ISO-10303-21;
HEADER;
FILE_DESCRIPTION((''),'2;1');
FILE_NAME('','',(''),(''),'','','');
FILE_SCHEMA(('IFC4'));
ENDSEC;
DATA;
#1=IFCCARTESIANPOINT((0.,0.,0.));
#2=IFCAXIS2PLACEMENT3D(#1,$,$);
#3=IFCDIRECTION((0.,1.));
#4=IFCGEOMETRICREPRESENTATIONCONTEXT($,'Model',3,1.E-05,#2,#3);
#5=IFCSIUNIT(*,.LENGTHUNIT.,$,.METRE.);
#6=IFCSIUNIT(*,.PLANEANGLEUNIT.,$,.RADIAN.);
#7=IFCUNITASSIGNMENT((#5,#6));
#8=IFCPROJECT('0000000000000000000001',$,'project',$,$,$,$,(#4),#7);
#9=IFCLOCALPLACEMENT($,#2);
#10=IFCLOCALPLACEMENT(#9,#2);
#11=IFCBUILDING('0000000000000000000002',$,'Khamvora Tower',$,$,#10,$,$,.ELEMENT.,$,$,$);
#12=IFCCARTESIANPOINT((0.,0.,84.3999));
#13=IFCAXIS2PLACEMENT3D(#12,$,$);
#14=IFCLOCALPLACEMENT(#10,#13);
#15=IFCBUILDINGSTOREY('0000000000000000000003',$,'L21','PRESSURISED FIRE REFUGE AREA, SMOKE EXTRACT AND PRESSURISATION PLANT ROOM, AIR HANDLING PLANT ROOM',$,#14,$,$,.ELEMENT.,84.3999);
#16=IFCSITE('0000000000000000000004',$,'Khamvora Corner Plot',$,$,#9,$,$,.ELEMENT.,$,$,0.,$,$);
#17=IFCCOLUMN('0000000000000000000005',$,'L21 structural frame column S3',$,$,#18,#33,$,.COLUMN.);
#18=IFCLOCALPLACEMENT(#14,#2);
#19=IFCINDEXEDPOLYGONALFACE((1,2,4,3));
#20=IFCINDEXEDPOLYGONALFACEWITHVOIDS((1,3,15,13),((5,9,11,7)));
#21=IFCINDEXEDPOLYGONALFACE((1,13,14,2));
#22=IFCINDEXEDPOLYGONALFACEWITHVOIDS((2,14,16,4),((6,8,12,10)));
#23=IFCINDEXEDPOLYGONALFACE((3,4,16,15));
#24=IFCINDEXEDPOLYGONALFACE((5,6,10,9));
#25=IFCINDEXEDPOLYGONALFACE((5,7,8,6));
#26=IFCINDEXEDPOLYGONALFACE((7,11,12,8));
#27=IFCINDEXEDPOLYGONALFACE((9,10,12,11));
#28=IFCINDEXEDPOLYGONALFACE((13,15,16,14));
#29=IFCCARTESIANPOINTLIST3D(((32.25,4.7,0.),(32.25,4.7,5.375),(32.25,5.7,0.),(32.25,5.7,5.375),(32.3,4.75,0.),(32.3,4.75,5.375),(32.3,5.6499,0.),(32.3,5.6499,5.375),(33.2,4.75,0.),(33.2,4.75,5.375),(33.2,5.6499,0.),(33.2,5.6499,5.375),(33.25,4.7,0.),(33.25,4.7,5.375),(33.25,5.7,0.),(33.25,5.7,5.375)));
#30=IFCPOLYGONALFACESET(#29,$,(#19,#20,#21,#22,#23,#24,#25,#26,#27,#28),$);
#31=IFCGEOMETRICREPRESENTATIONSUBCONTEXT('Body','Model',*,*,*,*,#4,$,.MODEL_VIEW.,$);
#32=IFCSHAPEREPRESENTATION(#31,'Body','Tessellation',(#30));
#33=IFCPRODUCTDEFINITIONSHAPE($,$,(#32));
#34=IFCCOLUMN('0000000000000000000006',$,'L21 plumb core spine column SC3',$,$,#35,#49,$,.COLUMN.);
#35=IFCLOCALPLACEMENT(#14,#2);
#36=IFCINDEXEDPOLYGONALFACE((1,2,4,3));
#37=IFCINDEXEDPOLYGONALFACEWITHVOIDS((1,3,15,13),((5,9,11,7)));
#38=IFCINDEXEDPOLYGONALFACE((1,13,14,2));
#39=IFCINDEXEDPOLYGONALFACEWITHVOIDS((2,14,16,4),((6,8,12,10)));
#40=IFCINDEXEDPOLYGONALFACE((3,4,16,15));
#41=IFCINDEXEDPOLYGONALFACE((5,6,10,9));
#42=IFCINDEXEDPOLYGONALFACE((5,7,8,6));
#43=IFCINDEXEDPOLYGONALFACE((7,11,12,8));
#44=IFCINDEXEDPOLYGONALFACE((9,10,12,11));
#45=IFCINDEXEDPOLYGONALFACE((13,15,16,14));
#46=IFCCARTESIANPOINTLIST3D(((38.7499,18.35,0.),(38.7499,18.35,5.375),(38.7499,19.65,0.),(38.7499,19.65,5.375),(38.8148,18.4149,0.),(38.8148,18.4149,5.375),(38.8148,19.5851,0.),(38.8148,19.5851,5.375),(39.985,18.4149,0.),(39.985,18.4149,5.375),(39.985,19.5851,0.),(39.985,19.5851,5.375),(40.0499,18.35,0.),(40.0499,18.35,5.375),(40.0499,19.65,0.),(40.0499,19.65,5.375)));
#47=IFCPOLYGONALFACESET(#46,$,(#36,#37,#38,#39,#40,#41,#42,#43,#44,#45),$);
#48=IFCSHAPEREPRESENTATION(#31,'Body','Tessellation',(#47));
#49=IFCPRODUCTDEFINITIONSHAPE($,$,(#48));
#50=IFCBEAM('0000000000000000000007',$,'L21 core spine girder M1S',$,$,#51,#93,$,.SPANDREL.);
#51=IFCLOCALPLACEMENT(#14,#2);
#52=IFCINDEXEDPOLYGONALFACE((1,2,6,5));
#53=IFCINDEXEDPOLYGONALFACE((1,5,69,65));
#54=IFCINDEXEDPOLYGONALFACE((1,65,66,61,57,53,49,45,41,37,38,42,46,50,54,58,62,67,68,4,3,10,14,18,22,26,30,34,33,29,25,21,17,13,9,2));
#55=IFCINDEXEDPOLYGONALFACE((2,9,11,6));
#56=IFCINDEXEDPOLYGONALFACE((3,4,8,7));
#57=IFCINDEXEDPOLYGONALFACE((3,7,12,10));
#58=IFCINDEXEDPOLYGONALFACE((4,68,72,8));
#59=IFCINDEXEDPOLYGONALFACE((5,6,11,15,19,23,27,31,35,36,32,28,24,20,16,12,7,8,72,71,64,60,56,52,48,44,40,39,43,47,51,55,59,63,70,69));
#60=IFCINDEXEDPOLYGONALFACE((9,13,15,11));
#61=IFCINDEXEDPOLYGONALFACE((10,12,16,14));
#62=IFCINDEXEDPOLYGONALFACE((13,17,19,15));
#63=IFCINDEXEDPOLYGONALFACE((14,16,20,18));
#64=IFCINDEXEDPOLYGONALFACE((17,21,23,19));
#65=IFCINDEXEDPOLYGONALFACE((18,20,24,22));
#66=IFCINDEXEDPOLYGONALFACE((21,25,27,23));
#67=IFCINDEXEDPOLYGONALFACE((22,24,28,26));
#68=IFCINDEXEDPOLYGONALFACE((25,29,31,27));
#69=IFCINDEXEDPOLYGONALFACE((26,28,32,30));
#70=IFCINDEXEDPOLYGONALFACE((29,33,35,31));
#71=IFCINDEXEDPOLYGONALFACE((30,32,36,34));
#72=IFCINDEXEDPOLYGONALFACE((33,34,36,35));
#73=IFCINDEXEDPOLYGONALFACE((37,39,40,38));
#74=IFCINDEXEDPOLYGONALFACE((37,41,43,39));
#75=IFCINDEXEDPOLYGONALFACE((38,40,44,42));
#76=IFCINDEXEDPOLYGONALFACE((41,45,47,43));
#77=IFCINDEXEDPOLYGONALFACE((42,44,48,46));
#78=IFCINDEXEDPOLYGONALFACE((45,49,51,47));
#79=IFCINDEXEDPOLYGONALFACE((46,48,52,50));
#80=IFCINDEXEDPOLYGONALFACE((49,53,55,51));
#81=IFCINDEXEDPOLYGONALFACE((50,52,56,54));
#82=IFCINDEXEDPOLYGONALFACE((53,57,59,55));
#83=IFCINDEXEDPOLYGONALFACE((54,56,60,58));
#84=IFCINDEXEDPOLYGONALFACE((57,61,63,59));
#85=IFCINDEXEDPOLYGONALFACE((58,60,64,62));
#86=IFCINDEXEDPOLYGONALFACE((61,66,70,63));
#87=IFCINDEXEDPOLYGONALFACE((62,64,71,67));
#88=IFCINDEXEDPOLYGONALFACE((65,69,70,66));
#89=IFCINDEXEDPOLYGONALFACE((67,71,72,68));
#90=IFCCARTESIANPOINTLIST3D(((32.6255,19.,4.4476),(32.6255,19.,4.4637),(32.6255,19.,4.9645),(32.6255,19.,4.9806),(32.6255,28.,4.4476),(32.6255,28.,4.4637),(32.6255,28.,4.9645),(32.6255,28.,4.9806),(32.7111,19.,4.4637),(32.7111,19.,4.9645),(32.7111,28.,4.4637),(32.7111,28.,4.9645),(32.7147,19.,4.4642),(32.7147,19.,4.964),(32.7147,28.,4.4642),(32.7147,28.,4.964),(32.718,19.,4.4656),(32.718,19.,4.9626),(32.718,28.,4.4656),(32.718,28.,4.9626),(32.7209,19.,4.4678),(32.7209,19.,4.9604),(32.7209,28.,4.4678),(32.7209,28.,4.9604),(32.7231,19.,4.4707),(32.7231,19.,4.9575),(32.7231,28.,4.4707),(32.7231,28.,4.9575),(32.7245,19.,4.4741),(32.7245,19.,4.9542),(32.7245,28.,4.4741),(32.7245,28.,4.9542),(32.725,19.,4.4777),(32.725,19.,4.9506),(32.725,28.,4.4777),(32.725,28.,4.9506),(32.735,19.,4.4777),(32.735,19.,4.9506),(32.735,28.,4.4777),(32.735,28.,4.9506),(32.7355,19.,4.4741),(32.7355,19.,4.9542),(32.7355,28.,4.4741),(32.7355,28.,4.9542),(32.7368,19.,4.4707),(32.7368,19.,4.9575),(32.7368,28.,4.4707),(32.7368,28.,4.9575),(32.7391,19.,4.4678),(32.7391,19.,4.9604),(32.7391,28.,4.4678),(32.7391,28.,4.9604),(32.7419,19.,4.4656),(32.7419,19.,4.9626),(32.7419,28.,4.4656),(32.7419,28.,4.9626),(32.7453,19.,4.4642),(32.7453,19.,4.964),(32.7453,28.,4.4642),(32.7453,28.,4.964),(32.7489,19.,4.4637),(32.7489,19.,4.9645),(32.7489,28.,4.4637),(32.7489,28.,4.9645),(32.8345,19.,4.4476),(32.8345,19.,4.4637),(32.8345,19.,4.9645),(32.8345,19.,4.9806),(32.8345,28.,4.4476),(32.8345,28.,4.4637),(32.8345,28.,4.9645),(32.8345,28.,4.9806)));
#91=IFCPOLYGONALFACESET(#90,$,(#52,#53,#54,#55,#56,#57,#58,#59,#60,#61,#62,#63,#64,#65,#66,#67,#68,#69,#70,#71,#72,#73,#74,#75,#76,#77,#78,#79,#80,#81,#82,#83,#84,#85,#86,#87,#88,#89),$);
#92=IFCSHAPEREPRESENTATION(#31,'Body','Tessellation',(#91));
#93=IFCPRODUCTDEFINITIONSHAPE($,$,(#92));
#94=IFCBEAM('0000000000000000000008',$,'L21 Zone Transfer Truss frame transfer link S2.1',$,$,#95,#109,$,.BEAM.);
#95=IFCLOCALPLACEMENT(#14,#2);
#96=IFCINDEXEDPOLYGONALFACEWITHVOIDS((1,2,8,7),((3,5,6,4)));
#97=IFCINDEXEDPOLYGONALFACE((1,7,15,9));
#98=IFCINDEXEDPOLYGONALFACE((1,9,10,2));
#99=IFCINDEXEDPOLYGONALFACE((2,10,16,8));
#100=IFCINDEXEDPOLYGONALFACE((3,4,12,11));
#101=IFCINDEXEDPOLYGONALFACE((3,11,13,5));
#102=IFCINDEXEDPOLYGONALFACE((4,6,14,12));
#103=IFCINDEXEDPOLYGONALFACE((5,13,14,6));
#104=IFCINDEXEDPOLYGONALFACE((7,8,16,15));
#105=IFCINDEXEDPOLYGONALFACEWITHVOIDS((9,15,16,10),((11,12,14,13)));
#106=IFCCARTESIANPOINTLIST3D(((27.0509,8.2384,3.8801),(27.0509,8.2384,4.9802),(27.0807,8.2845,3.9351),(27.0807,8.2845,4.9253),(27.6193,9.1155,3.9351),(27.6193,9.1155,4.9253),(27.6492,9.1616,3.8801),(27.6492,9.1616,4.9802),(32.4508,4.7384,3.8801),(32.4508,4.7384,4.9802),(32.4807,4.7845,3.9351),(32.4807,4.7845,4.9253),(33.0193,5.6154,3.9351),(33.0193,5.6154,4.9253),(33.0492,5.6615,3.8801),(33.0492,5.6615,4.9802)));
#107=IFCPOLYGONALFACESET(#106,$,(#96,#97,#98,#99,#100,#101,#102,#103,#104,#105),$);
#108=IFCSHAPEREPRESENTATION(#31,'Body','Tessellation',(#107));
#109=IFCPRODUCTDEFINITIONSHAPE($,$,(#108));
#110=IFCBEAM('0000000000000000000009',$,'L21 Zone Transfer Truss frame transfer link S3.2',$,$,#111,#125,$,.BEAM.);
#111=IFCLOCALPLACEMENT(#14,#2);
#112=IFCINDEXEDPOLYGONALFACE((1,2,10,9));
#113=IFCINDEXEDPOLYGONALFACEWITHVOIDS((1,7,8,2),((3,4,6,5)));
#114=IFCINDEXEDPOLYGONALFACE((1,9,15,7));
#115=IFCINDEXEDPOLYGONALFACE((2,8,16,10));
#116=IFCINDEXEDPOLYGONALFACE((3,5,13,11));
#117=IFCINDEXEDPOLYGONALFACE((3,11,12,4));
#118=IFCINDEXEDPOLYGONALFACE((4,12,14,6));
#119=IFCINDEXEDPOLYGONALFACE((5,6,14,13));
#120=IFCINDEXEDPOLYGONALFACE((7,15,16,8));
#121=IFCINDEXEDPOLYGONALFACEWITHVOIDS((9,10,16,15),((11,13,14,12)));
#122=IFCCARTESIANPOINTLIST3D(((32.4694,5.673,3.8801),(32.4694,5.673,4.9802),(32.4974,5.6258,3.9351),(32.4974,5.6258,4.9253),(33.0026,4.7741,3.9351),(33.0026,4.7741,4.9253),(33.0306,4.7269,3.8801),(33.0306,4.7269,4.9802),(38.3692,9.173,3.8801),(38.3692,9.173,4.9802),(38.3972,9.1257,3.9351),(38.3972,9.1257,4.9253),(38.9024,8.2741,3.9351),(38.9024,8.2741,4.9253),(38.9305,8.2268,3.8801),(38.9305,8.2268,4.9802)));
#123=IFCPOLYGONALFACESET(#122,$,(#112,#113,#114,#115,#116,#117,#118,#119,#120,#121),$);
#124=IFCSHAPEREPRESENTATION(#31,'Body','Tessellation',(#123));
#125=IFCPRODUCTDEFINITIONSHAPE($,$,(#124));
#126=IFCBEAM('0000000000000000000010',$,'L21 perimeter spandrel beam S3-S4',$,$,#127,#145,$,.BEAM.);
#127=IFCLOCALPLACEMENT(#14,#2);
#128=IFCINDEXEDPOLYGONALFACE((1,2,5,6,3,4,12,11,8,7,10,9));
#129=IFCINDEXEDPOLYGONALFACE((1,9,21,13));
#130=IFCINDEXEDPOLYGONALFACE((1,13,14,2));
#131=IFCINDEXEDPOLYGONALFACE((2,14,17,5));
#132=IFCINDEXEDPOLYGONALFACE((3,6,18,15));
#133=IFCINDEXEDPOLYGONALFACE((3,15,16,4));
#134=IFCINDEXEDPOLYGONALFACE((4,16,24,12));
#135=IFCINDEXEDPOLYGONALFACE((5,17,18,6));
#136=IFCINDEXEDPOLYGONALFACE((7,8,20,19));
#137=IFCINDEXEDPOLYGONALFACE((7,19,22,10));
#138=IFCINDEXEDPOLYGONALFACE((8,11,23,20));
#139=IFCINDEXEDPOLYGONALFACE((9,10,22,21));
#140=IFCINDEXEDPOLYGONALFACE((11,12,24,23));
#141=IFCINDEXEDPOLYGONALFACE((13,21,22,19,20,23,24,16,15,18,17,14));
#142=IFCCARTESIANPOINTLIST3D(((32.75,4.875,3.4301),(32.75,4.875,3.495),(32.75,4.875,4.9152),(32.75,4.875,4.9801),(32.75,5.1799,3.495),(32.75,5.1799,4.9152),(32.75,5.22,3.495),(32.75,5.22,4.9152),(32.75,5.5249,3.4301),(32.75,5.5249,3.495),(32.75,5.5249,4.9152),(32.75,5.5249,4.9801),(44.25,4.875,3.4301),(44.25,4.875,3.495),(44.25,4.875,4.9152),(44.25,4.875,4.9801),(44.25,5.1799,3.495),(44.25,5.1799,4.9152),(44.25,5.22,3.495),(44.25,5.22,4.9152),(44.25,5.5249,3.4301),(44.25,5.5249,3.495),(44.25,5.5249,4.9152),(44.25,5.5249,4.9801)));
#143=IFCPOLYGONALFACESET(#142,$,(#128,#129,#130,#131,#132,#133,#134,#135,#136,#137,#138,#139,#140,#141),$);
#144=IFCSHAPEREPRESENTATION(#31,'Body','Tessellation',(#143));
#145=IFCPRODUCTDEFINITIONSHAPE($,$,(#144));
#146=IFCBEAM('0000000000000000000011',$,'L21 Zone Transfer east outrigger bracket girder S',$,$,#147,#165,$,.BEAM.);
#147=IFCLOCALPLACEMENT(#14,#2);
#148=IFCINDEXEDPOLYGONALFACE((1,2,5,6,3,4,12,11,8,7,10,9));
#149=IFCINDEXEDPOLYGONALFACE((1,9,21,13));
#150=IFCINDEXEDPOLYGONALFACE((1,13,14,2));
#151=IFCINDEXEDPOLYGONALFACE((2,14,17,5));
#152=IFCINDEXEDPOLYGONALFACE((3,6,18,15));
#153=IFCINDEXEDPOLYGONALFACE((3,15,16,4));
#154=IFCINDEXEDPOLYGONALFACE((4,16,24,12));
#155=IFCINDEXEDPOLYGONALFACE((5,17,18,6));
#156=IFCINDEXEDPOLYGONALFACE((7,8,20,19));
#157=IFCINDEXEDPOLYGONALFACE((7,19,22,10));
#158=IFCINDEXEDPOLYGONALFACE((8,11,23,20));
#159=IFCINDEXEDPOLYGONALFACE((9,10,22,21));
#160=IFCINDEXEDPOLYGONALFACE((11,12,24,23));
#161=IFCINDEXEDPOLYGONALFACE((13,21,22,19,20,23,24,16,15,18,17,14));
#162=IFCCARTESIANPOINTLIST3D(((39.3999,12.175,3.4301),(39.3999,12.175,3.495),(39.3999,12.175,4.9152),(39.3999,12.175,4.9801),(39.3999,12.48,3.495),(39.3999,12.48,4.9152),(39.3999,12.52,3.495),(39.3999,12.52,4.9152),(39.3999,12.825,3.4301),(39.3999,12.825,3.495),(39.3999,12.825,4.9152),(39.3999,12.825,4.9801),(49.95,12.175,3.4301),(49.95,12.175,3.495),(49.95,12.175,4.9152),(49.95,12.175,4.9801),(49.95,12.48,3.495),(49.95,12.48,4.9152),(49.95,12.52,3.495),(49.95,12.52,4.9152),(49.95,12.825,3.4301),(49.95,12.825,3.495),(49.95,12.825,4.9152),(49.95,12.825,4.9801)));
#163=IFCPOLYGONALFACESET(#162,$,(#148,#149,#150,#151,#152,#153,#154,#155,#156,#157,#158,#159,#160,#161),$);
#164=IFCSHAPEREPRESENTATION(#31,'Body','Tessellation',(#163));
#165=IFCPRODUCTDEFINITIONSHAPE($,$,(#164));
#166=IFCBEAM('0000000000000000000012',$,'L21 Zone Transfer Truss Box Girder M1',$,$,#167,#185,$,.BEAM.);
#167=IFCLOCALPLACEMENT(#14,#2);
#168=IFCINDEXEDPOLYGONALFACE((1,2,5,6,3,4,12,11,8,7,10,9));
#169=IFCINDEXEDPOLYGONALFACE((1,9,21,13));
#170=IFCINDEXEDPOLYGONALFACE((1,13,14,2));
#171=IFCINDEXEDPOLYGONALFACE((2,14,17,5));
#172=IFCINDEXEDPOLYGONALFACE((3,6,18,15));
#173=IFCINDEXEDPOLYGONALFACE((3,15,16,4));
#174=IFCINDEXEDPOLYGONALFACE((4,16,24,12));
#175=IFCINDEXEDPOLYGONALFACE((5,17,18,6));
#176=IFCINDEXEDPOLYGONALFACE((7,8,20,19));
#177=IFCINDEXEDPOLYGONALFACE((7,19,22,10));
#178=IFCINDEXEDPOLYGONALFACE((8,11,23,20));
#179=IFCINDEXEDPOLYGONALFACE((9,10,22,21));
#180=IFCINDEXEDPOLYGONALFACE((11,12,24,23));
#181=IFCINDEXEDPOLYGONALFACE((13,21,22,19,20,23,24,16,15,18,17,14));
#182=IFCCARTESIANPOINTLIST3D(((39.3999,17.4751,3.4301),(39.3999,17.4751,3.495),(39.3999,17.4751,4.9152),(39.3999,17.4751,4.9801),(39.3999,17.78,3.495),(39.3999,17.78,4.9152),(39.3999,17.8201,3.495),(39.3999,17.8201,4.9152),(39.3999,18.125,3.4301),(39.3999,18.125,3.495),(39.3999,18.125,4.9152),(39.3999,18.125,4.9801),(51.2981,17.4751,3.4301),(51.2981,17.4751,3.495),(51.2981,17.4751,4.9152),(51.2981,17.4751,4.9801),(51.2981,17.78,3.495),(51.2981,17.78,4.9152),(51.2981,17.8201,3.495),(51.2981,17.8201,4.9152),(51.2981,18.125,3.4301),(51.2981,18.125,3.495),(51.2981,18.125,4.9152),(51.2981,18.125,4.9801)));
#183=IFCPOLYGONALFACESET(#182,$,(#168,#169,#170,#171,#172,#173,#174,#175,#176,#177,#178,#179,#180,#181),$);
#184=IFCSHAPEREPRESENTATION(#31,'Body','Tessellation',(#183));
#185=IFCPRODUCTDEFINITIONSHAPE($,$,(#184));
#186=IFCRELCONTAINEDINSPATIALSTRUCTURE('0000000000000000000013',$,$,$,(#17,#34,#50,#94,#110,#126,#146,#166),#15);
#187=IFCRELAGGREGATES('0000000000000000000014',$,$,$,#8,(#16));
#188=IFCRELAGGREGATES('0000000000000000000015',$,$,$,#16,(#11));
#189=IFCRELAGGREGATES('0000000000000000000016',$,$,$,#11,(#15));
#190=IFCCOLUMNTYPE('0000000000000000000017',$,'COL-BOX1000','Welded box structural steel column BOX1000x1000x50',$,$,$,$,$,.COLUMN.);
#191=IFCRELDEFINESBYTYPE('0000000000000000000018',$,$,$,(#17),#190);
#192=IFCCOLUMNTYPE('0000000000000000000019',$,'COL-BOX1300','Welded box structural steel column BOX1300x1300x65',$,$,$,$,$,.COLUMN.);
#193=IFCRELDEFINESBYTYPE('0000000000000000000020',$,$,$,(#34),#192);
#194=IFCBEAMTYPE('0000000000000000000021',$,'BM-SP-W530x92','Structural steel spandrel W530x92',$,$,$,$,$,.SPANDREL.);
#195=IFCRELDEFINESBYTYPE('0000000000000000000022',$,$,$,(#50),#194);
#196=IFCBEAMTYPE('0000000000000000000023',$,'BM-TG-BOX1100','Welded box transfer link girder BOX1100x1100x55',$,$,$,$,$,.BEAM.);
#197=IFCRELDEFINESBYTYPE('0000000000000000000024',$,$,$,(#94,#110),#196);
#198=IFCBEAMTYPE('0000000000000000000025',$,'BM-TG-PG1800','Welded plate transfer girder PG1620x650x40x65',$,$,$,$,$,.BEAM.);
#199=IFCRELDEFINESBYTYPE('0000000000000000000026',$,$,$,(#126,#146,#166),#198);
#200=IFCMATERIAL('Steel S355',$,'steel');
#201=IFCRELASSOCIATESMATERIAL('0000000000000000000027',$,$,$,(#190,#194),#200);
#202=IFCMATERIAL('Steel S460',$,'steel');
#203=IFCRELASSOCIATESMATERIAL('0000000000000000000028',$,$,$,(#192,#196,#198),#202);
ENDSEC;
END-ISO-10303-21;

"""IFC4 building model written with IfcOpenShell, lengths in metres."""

from ifc_helpers import new_model, si_unit, direction, frame, origin, origin_2d, place, context, subcontext, project, spatial, hollow_rectangle, i_section, extrude, material, material_profile, profile_set, type_object, element, save


model = new_model("IFC4")

# Units and contexts
model_context = context("Model", 3, precision=1e-05, world=origin(), true_north=direction((0.0, 1.0)))
body_context = subcontext(model_context, "Body", "Model", "MODEL_VIEW")
ifc_project = project(units=[si_unit("LENGTHUNIT", "METRE"), si_unit("PLANEANGLEUNIT", "RADIAN")], contexts=[model_context])

# Site, building, storey
site_placement = place(None, origin())
site = spatial("IfcSite", under=ifc_project, at=site_placement, Name="Khamvora Corner Plot", CompositionType="ELEMENT", RefElevation=0.0)
building_placement = place(site_placement, origin())
building = spatial("IfcBuilding", under=site, at=building_placement, Name="Khamvora Tower", CompositionType="ELEMENT")
storey_placement = place(building_placement, frame((0.0, 0.0, 84.3999)))
storey = spatial("IfcBuildingStorey", under=building, at=storey_placement, Name="L21", Description="PRESSURISED FIRE REFUGE AREA, SMOKE EXTRACT AND PRESSURISATION PLANT ROOM, AIR HANDLING PLANT ROOM", CompositionType="ELEMENT", Elevation=84.3999)

# Columns
ifc_material_1 = material(Name="Steel S355", Category="steel")
ifc_material_profile_1 = material_profile(ifc_material_1, hollow_rectangle(XDim=1.0, YDim=1.0, WallThickness=0.05, at=origin_2d()), Name="BOX1000x1000x50")
ifc_profile_set_1 = profile_set([ifc_material_profile_1], Name="Steel S355")
column_type_1 = type_object("IfcColumnType", Name="COL-BOX1000", Description="Welded box structural steel column BOX1000x1000x50", PredefinedType="COLUMN", material=ifc_profile_set_1)
column_1_placement = place(storey_placement, frame((32.75, 5.2, 0.0), z_axis=(0.0, 0.0, 1.0), x_axis=(1.0, 0.0, 0.0)))
element("IfcColumn", 1, at=column_1_placement, inside=storey, type_object=column_type_1, Name="L21 structural frame column S3", PredefinedType="COLUMN", context=body_context, shape_type="SweptSolid", body=[
    extrude(hollow_rectangle(XDim=1.0, YDim=1.0, WallThickness=0.05, at=origin_2d()), origin(), (0.0, 0.0, 1.0), 5.375),
])
ifc_material_2 = material(Name="Steel S460", Category="steel")
ifc_material_profile_2 = material_profile(ifc_material_2, hollow_rectangle(XDim=1.3, YDim=1.3, WallThickness=0.0649, at=origin_2d()), Name="BOX1300x1300x65")
ifc_profile_set_2 = profile_set([ifc_material_profile_2], Name="Steel S460")
column_type_2 = type_object("IfcColumnType", Name="COL-BOX1300", Description="Welded box structural steel column BOX1300x1300x65", PredefinedType="COLUMN", material=ifc_profile_set_2)
column_2_placement = place(storey_placement, frame((39.3999, 19.0, 0.0), z_axis=(0.0, 0.0, 1.0), x_axis=(1.0, 0.0, 0.0)))
element("IfcColumn", 2, at=column_2_placement, inside=storey, type_object=column_type_2, Name="L21 plumb core spine column SC3", PredefinedType="COLUMN", context=body_context, shape_type="SweptSolid", body=[
    extrude(hollow_rectangle(XDim=1.3, YDim=1.3, WallThickness=0.0649, at=origin_2d()), origin(), (0.0, 0.0, 1.0), 5.375),
])

# Beams
ifc_material_profile_3 = material_profile(ifc_material_1, i_section(OverallWidth=0.209, OverallDepth=0.533, WebThickness=0.01, FlangeThickness=0.0161, FilletRadius=0.0139, at=origin_2d()), Name="W530x92")
ifc_profile_set_3 = profile_set([ifc_material_profile_3], Name="Steel S355")
beam_type_1 = type_object("IfcBeamType", Name="BM-SP-W530x92", Description="Structural steel spandrel W530x92", PredefinedType="SPANDREL", material=ifc_profile_set_3)
beam_1_placement = place(storey_placement, frame((32.73, 19.0, 4.7141), z_axis=(0.0, 1.0, 0.0), x_axis=(-1.0, 0.0, 0.0)))
element("IfcBeam", 3, at=beam_1_placement, inside=storey, type_object=beam_type_1, Name="L21 core spine girder M1S", PredefinedType="SPANDREL", context=body_context, shape_type="SweptSolid", body=[
    extrude(i_section(OverallWidth=0.209, OverallDepth=0.533, WebThickness=0.01, FlangeThickness=0.0161, FilletRadius=0.0139, at=origin_2d()), origin(), (0.0, 0.0, 1.0), 9.0),
])
ifc_material_profile_4 = material_profile(ifc_material_2, hollow_rectangle(XDim=1.1001, YDim=1.1001, WallThickness=0.0549, at=origin_2d()), Name="BOX1100x1100x55")
ifc_profile_set_4 = profile_set([ifc_material_profile_4], Name="Steel S460")
beam_type_2 = type_object("IfcBeamType", Name="BM-TG-BOX1100", Description="Welded box transfer link girder BOX1100x1100x55", PredefinedType="BEAM", material=ifc_profile_set_4)
beam_2_placement = place(storey_placement, frame((32.75, 5.2, 4.4302), z_axis=(-0.839148, 0.543902, 0.0), x_axis=(-0.543902, -0.839148, 0.0)))
element("IfcBeam", 4, at=beam_2_placement, inside=storey, type_object=beam_type_2, Name="L21 Zone Transfer Truss frame transfer link S2.1", PredefinedType="BEAM", context=body_context, shape_type="SweptSolid", body=[
    extrude(hollow_rectangle(XDim=1.1001, YDim=1.1001, WallThickness=0.0549, at=origin_2d()), origin(), (0.0, 0.0, 1.0), 6.4351),
])
beam_3_placement = place(storey_placement, frame((32.75, 5.2, 4.4302), z_axis=(0.860051, 0.510208, 0.0), x_axis=(-0.510208, 0.860051, 0.0)))
element("IfcBeam", 5, at=beam_3_placement, inside=storey, type_object=beam_type_2, Name="L21 Zone Transfer Truss frame transfer link S3.2", PredefinedType="BEAM", context=body_context, shape_type="SweptSolid", body=[
    extrude(hollow_rectangle(XDim=1.1001, YDim=1.1001, WallThickness=0.0549, at=origin_2d()), origin(), (0.0, 0.0, 1.0), 6.8599),
])
ifc_material_profile_5 = material_profile(ifc_material_2, i_section(OverallWidth=0.6499, OverallDepth=1.55, WebThickness=0.04, FlangeThickness=0.0649, at=origin_2d()), Name="PG1550x650x40x65")
ifc_profile_set_5 = profile_set([ifc_material_profile_5], Name="Steel S460")
beam_type_3 = type_object("IfcBeamType", Name="BM-TG-PG1800", Description="Welded plate transfer girder PG1620x650x40x65", PredefinedType="BEAM", material=ifc_profile_set_5)
beam_4_placement = place(storey_placement, frame((32.75, 5.2, 4.2051), z_axis=(1.0, 0.0, 0.0), x_axis=(0.0, 1.0, 0.0)))
element("IfcBeam", 6, at=beam_4_placement, inside=storey, type_object=beam_type_3, Name="L21 perimeter spandrel beam S3-S4", PredefinedType="BEAM", context=body_context, shape_type="SweptSolid", body=[
    extrude(i_section(OverallWidth=0.6499, OverallDepth=1.55, WebThickness=0.04, FlangeThickness=0.0649, at=origin_2d()), origin(), (0.0, 0.0, 1.0), 11.5),
])
beam_5_placement = place(storey_placement, frame((39.3999, 12.5, 4.2051), z_axis=(1.0, 0.0, 0.0), x_axis=(0.0, 1.0, 0.0)))
element("IfcBeam", 7, at=beam_5_placement, inside=storey, type_object=beam_type_3, Name="L21 Zone Transfer east outrigger bracket girder S", PredefinedType="BEAM", context=body_context, shape_type="SweptSolid", body=[
    extrude(i_section(OverallWidth=0.6499, OverallDepth=1.55, WebThickness=0.04, FlangeThickness=0.0649, at=origin_2d()), origin(), (0.0, 0.0, 1.0), 10.55),
])
beam_6_placement = place(storey_placement, frame((39.3999, 17.8, 4.2051), z_axis=(1.0, 0.0, 0.0), x_axis=(0.0, 1.0, 0.0)))
element("IfcBeam", 8, at=beam_6_placement, inside=storey, type_object=beam_type_3, Name="L21 Zone Transfer Truss Box Girder M1", PredefinedType="BEAM", context=body_context, shape_type="SweptSolid", body=[
    extrude(i_section(OverallWidth=0.6499, OverallDepth=1.55, WebThickness=0.04, FlangeThickness=0.0649, at=origin_2d()), origin(), (0.0, 0.0, 1.0), 11.8982),
])

save(model, "model.ifc")
